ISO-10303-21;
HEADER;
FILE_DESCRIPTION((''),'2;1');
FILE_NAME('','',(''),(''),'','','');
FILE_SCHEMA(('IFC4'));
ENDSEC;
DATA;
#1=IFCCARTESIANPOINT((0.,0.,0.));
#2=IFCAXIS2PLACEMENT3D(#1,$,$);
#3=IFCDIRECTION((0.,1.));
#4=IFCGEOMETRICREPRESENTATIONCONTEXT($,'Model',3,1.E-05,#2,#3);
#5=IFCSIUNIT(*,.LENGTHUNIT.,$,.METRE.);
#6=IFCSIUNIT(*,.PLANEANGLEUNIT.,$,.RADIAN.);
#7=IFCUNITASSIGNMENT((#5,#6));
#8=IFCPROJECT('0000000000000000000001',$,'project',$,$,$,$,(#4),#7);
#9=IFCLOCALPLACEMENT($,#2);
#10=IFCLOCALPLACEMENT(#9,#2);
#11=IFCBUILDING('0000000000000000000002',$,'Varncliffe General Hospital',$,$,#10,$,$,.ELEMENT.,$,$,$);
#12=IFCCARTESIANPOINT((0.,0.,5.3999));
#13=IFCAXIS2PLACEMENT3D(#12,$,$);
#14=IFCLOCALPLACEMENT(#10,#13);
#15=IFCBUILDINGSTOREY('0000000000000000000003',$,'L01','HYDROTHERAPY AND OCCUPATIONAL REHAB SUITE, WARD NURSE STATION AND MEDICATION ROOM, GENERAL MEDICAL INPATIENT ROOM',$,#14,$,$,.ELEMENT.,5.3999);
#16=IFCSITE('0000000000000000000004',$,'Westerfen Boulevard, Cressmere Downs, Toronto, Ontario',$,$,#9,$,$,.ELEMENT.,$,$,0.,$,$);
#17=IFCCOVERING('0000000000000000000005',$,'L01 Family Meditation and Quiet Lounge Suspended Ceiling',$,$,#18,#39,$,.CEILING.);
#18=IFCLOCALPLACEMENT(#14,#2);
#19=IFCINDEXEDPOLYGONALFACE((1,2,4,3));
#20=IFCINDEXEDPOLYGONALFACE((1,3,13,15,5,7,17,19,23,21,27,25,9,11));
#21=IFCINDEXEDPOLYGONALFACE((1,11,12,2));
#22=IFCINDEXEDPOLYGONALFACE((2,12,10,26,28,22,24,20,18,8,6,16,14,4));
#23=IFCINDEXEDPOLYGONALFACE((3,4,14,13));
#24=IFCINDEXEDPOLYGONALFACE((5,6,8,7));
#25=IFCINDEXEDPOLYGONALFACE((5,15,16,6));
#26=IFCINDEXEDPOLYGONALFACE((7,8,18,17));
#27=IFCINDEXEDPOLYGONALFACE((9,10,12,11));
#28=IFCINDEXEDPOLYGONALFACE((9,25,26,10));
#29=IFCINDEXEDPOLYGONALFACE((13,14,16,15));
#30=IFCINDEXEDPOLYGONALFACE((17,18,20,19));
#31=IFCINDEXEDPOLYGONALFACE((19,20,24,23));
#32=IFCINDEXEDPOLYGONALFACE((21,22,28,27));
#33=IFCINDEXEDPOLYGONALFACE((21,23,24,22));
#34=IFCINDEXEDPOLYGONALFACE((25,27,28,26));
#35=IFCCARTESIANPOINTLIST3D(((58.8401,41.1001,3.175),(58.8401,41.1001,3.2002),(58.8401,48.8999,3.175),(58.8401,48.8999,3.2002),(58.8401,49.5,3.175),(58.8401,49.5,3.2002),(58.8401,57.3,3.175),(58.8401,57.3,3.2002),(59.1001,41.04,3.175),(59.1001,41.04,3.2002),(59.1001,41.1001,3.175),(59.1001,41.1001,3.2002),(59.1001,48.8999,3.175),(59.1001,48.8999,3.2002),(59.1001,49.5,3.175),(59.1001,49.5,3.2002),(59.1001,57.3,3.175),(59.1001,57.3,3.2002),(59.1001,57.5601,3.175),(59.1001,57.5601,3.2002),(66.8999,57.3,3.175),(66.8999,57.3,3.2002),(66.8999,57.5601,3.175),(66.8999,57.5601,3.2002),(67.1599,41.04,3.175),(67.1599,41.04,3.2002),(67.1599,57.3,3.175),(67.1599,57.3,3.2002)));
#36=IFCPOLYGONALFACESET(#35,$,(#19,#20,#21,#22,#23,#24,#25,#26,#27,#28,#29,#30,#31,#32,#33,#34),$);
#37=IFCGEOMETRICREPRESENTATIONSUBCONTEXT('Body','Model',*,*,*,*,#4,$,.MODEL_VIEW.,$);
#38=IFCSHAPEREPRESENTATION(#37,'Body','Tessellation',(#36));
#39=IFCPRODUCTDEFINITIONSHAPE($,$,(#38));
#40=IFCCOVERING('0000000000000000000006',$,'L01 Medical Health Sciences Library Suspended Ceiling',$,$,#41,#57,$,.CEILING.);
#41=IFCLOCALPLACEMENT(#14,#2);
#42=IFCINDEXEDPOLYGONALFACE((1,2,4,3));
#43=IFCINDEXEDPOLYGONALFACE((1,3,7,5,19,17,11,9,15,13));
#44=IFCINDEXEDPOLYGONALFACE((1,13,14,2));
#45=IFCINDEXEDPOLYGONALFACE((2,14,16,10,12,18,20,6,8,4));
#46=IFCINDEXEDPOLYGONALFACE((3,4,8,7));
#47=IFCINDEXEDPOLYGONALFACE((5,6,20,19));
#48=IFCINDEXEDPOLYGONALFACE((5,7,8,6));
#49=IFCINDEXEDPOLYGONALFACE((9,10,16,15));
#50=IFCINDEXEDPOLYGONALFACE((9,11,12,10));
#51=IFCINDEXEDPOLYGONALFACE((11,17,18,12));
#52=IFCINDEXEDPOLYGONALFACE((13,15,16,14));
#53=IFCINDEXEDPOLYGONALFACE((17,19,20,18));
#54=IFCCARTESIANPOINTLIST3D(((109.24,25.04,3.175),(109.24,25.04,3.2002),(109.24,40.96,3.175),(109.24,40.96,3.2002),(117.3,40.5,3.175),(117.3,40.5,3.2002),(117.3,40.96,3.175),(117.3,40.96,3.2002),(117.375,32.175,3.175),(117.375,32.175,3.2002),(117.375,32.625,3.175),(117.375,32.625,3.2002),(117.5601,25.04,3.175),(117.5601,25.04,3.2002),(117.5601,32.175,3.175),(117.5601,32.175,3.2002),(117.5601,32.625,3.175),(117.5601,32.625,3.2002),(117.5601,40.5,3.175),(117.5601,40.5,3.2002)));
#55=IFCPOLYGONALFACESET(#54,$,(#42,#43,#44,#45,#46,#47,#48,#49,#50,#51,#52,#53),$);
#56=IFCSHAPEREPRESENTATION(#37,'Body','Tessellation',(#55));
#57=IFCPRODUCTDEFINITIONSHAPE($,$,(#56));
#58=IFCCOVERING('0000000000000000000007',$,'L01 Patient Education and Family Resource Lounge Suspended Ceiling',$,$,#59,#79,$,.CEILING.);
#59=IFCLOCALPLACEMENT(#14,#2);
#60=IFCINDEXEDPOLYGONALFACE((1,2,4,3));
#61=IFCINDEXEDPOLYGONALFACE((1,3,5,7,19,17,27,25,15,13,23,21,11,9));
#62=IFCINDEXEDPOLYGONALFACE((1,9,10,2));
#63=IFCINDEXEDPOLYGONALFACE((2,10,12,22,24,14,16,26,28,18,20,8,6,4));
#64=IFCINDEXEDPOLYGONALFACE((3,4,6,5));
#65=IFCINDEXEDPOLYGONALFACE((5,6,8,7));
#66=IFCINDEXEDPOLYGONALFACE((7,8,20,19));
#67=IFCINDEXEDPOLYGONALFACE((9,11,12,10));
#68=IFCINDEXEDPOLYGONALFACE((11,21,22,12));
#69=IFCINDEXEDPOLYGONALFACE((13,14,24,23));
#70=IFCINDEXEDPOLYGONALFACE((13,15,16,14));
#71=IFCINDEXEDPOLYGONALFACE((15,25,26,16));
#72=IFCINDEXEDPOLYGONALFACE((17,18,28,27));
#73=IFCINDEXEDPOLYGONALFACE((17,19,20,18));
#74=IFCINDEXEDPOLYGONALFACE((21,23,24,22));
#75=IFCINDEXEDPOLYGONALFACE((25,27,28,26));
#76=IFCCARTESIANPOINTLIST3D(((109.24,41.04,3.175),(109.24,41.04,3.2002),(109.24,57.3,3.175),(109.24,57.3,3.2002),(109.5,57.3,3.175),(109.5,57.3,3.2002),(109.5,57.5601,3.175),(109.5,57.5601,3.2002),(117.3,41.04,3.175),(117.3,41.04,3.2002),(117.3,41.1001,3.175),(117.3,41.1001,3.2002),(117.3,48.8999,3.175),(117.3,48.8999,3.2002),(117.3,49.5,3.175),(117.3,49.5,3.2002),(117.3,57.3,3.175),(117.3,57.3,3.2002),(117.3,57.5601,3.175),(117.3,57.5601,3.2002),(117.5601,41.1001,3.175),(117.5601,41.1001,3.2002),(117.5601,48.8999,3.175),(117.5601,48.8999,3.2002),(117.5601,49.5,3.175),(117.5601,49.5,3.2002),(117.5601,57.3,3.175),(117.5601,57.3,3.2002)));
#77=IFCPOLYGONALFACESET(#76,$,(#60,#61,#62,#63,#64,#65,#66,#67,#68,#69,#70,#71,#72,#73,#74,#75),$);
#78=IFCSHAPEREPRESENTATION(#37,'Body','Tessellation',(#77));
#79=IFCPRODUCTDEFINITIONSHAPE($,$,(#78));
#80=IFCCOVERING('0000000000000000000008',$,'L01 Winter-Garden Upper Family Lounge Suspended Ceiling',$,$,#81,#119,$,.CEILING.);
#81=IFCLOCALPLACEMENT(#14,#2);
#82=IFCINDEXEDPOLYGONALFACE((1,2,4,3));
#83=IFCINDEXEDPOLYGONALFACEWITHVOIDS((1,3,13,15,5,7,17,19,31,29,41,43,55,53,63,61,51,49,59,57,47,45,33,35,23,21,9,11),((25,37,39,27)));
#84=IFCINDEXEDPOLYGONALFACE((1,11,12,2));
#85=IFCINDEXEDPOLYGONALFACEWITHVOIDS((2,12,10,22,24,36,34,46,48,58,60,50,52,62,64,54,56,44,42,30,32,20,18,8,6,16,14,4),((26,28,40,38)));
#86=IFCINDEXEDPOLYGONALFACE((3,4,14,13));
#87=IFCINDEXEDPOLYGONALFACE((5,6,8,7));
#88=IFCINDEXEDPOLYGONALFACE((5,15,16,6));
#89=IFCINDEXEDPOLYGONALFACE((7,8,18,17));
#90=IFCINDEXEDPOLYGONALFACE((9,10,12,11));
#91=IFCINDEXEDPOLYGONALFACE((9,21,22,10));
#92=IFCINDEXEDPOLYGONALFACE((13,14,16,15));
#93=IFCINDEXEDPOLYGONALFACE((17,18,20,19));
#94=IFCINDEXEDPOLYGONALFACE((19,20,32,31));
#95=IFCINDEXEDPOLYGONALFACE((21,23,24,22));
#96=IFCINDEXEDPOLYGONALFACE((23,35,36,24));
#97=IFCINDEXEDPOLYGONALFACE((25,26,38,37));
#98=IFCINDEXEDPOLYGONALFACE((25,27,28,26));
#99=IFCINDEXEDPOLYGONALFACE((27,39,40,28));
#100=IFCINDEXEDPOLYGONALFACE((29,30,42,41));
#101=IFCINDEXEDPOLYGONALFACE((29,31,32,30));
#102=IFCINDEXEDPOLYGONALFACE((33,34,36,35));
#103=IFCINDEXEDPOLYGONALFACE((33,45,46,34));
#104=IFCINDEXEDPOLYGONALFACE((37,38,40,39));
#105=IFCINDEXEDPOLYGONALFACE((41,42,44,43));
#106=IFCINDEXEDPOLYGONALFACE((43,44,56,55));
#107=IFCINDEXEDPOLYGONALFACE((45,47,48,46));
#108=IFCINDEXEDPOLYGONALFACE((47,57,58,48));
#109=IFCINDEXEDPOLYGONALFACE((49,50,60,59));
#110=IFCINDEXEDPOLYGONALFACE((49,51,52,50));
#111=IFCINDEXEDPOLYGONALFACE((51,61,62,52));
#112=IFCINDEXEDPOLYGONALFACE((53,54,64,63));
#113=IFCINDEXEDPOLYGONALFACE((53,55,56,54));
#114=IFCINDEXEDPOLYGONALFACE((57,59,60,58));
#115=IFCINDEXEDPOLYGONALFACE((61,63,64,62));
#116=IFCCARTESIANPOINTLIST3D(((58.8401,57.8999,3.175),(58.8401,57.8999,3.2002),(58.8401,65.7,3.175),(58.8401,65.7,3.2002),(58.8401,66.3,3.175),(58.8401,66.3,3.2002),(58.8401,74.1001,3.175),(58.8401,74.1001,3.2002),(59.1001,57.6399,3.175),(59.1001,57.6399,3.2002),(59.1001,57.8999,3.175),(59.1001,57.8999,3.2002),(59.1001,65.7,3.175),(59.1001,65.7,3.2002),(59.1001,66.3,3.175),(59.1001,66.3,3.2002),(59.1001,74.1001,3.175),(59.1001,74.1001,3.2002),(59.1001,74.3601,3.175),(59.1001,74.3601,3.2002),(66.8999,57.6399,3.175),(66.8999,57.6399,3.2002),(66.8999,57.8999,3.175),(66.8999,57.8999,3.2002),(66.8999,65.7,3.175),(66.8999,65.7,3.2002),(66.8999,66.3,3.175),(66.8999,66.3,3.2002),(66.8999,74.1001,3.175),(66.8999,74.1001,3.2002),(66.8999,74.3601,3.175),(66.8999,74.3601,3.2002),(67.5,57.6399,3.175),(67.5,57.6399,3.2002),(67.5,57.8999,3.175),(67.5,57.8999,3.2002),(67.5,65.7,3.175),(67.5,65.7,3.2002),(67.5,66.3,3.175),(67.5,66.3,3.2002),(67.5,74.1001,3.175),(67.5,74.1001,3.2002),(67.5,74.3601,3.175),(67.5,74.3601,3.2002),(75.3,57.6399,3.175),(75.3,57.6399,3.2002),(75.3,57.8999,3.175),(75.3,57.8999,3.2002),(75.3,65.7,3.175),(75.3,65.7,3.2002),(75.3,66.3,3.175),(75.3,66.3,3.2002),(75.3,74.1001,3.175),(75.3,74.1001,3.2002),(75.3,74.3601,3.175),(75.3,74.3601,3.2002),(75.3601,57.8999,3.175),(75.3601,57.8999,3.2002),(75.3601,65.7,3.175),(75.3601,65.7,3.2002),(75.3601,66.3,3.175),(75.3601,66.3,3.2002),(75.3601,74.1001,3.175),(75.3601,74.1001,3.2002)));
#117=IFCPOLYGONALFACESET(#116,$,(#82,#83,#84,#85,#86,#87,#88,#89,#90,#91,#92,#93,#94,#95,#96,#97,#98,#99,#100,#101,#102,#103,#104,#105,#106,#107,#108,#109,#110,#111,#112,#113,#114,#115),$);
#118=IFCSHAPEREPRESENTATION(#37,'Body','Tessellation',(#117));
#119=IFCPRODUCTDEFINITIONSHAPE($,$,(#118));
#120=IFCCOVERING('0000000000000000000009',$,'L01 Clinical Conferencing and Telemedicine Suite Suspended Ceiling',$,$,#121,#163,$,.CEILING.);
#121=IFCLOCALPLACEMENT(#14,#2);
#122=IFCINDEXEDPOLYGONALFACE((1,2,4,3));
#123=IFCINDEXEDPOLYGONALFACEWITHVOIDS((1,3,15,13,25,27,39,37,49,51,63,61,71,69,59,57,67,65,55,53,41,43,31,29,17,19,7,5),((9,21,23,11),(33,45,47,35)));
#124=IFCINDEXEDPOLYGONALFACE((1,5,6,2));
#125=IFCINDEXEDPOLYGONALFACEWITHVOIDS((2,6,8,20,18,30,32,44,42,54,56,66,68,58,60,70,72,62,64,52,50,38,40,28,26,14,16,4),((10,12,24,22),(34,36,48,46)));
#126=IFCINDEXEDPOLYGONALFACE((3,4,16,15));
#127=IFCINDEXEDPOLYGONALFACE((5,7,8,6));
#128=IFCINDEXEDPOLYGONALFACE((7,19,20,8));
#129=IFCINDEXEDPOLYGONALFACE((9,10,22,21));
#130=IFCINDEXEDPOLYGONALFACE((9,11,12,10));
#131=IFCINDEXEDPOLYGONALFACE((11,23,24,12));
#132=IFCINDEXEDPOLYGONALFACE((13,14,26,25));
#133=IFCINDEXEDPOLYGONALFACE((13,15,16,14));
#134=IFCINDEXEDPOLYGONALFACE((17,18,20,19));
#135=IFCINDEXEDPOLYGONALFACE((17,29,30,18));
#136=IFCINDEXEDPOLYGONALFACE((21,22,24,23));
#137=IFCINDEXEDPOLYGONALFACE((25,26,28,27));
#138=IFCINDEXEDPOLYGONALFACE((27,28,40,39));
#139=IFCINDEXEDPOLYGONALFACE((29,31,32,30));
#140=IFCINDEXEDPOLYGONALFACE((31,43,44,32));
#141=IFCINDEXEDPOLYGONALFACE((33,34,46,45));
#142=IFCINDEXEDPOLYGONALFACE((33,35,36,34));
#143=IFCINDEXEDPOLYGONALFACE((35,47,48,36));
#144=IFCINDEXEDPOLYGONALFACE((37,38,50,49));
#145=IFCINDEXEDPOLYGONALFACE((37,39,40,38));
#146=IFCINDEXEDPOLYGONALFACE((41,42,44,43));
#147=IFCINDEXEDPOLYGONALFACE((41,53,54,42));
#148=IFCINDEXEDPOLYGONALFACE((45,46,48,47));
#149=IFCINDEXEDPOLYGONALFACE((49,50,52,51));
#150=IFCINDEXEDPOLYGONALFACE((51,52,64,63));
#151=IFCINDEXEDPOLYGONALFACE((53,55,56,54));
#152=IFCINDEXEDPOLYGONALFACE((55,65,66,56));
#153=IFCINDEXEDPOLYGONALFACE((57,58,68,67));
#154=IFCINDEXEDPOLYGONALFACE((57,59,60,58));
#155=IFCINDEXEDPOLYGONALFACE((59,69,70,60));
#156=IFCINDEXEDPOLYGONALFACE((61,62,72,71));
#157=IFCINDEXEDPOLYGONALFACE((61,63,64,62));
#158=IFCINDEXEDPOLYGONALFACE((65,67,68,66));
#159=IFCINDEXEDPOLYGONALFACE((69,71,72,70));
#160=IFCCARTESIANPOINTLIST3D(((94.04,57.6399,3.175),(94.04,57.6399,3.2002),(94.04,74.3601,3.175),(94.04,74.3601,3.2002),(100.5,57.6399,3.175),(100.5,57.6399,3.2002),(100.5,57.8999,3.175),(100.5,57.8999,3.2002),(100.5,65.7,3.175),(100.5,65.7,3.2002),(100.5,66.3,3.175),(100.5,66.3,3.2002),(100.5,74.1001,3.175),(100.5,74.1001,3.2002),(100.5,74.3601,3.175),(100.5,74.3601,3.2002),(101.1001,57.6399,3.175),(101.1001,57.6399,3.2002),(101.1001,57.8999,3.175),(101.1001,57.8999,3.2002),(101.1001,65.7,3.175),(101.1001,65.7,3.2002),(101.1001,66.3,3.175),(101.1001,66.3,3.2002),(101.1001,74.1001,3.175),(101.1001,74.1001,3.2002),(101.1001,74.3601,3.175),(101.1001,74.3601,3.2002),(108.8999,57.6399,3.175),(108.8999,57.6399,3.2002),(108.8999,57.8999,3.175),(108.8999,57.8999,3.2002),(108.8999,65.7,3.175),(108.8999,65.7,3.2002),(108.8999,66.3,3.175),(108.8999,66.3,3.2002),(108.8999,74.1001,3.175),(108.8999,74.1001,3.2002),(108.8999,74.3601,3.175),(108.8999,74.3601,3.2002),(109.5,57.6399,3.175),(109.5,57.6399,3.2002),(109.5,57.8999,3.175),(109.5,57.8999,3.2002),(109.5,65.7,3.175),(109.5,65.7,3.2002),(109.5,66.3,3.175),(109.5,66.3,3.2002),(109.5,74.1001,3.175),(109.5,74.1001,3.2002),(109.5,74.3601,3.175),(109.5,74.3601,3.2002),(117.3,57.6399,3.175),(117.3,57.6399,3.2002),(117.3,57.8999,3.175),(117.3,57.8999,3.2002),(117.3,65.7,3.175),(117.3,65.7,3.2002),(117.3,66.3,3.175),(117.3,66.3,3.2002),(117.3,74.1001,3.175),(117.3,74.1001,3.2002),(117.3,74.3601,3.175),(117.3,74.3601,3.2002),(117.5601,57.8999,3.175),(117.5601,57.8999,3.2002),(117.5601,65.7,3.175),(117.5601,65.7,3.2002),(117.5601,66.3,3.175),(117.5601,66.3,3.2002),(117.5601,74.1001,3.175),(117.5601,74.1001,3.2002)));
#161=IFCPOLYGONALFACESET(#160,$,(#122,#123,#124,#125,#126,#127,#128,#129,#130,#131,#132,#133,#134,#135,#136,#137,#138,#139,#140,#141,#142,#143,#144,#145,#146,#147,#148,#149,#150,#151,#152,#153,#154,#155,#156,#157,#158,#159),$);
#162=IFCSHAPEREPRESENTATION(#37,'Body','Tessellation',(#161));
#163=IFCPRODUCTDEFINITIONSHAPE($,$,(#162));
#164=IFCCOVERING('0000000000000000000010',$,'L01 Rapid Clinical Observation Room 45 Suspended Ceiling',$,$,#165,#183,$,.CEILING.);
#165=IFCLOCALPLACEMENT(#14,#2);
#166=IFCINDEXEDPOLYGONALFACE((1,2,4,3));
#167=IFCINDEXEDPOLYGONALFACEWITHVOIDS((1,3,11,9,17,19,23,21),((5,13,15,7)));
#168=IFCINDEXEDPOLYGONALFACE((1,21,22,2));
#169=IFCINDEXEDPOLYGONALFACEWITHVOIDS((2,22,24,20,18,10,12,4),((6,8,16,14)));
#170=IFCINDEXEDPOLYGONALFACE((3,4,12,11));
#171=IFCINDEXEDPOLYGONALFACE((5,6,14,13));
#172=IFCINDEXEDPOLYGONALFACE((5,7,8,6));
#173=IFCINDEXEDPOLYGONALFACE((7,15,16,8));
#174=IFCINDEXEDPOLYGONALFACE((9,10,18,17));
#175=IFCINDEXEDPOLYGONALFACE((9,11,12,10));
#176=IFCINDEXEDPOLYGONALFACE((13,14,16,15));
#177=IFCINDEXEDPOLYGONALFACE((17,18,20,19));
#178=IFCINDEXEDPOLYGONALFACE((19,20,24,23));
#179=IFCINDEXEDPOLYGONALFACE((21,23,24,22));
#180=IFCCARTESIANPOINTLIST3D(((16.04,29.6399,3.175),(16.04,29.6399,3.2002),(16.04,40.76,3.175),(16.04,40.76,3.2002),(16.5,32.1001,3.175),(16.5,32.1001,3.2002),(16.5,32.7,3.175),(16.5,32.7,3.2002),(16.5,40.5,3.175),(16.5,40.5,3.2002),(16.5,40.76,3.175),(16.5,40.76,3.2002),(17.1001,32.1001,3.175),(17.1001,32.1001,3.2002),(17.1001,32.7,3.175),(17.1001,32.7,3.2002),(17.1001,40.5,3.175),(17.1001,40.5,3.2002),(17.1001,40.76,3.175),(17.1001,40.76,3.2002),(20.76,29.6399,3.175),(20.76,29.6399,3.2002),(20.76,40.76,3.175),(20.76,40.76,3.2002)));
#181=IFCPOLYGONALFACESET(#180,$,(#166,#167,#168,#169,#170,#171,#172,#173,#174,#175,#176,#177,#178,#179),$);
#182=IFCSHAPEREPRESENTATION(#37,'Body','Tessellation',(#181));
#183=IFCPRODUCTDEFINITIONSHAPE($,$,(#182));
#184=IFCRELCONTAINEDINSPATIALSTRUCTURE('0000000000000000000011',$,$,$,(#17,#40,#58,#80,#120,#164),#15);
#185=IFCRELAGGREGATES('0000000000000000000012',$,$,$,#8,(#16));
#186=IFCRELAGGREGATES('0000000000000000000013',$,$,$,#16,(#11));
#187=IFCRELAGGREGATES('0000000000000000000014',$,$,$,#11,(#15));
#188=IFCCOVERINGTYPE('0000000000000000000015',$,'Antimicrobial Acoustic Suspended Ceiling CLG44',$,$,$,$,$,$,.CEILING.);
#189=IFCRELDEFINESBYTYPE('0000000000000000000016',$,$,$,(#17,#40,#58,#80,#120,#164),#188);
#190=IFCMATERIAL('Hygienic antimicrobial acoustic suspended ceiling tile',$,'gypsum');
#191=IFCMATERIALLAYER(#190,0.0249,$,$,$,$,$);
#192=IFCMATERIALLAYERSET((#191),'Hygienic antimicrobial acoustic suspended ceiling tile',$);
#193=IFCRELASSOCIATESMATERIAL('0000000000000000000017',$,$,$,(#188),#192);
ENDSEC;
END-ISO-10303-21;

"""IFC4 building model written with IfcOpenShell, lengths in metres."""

from ifc_helpers import new_model, si_unit, direction, frame, origin, place, context, subcontext, project, spatial, polyline, outline, extrude, material, layer, layer_set, type_object, element, save


model = new_model("IFC4")

# Units and contexts
model_context = context("Model", 3, precision=1e-05, world=origin(), true_north=direction((0.0, 1.0)))
body_context = subcontext(model_context, "Body", "Model", "MODEL_VIEW")
ifc_project = project(units=[si_unit("LENGTHUNIT", "METRE"), si_unit("PLANEANGLEUNIT", "RADIAN")], contexts=[model_context])

# Site, building, storey
site_placement = place(None, origin())
site = spatial("IfcSite", under=ifc_project, at=site_placement, Name="Westerfen Boulevard, Cressmere Downs, Toronto, Ontario", CompositionType="ELEMENT", RefElevation=0.0)
building_placement = place(site_placement, origin())
building = spatial("IfcBuilding", under=site, at=building_placement, Name="Varncliffe General Hospital", CompositionType="ELEMENT")
storey_placement = place(building_placement, frame((0.0, 0.0, 5.3999)))
storey = spatial("IfcBuildingStorey", under=building, at=storey_placement, Name="L01", Description="HYDROTHERAPY AND OCCUPATIONAL REHAB SUITE, WARD NURSE STATION AND MEDICATION ROOM, GENERAL MEDICAL INPATIENT ROOM", CompositionType="ELEMENT", Elevation=5.3999)

# Coverings
ifc_material_1 = material(Name="Hygienic antimicrobial acoustic suspended ceiling tile", Category="gypsum")
ifc_layer = layer(ifc_material_1, 0.0249)
ifc_layer_set = layer_set([ifc_layer], Name="Hygienic antimicrobial acoustic suspended ceiling tile")
covering_type = type_object("IfcCoveringType", Name="Antimicrobial Acoustic Suspended Ceiling CLG44", PredefinedType="CEILING", material=ifc_layer_set)
covering_1_placement = place(storey_placement, frame((0.0, 0.0, 3.175)))
element("IfcCovering", 1, at=covering_1_placement, inside=storey, type_object=covering_type, Name="L01 Family Meditation and Quiet Lounge Suspended Ceiling", PredefinedType="CEILING", context=body_context, shape_type="SweptSolid", body=[
    extrude(outline(polyline([(59.1001, 41.04), (59.1001, 41.1001), (58.8401, 41.1001), (58.8401, 48.8999), (59.1001, 48.8999), (59.1001, 49.5), (58.8401, 49.5), (58.8401, 57.3), (59.1001, 57.3), (59.1001, 57.5601), (66.8999, 57.5601), (66.8999, 57.3), (67.1599, 57.3), (67.1599, 41.04), (59.1001, 41.04)])), origin(), (0.0, 0.0, 1.0), 0.0251),
])
covering_2_placement = place(storey_placement, frame((0.0, 0.0, 3.175)))
element("IfcCovering", 2, at=covering_2_placement, inside=storey, type_object=covering_type, Name="L01 Medical Health Sciences Library Suspended Ceiling", PredefinedType="CEILING", context=body_context, shape_type="SweptSolid", body=[
    extrude(outline(polyline([(109.24, 25.04), (109.24, 40.96), (117.3, 40.96), (117.3, 40.5), (117.5601, 40.5), (117.5601, 32.625), (117.375, 32.625), (117.375, 32.175), (117.5601, 32.175), (117.5601, 25.04), (109.24, 25.04)])), origin(), (0.0, 0.0, 1.0), 0.0251),
])
covering_3_placement = place(storey_placement, frame((0.0, 0.0, 3.175)))
element("IfcCovering", 3, at=covering_3_placement, inside=storey, type_object=covering_type, Name="L01 Patient Education and Family Resource Lounge Suspended Ceiling", PredefinedType="CEILING", context=body_context, shape_type="SweptSolid", body=[
    extrude(outline(polyline([(117.3, 41.04), (109.24, 41.04), (109.24, 57.3), (109.5, 57.3), (109.5, 57.5601), (117.3, 57.5601), (117.3, 57.3), (117.5601, 57.3), (117.5601, 49.5), (117.3, 49.5), (117.3, 48.8999), (117.5601, 48.8999), (117.5601, 41.1001), (117.3, 41.1001), (117.3, 41.04)])), origin(), (0.0, 0.0, 1.0), 0.0251),
])
covering_4_placement = place(storey_placement, frame((0.0, 0.0, 3.175)))
element("IfcCovering", 4, at=covering_4_placement, inside=storey, type_object=covering_type, Name="L01 Winter-Garden Upper Family Lounge Suspended Ceiling", PredefinedType="CEILING", context=body_context, shape_type="SweptSolid", body=[
    extrude(outline(polyline([(59.1001, 57.6399), (59.1001, 57.8999), (58.8401, 57.8999), (58.8401, 65.7), (59.1001, 65.7), (59.1001, 66.3), (58.8401, 66.3), (58.8401, 74.1001), (59.1001, 74.1001), (59.1001, 74.3601), (66.8999, 74.3601), (66.8999, 74.1001), (67.5, 74.1001), (67.5, 74.3601), (75.3, 74.3601), (75.3, 74.1001), (75.3601, 74.1001), (75.3601, 66.3), (75.3, 66.3), (75.3, 65.7), (75.3601, 65.7), (75.3601, 57.8999), (75.3, 57.8999), (75.3, 57.6399), (67.5, 57.6399), (67.5, 57.8999), (66.8999, 57.8999), (66.8999, 57.6399), (59.1001, 57.6399)]), holes=[polyline([(67.5, 65.7), (67.5, 66.3), (66.8999, 66.3), (66.8999, 65.7), (67.5, 65.7)])]), origin(), (0.0, 0.0, 1.0), 0.0251),
])
covering_5_placement = place(storey_placement, frame((0.0, 0.0, 3.175)))
element("IfcCovering", 5, at=covering_5_placement, inside=storey, type_object=covering_type, Name="L01 Clinical Conferencing and Telemedicine Suite Suspended Ceiling", PredefinedType="CEILING", context=body_context, shape_type="SweptSolid", body=[
    extrude(outline(polyline([(108.8999, 74.3601), (108.8999, 74.1001), (109.5, 74.1001), (109.5, 74.3601), (117.3, 74.3601), (117.3, 74.1001), (117.5601, 74.1001), (117.5601, 66.3), (117.3, 66.3), (117.3, 65.7), (117.5601, 65.7), (117.5601, 57.8999), (117.3, 57.8999), (117.3, 57.6399), (109.5, 57.6399), (109.5, 57.8999), (108.8999, 57.8999), (108.8999, 57.6399), (101.1001, 57.6399), (101.1001, 57.8999), (100.5, 57.8999), (100.5, 57.6399), (94.04, 57.6399), (94.04, 74.3601), (100.5, 74.3601), (100.5, 74.1001), (101.1001, 74.1001), (101.1001, 74.3601), (108.8999, 74.3601)]), holes=[polyline([(101.1001, 65.7), (101.1001, 66.3), (100.5, 66.3), (100.5, 65.7), (101.1001, 65.7)]), polyline([(109.5, 65.7), (109.5, 66.3), (108.8999, 66.3), (108.8999, 65.7), (109.5, 65.7)])]), origin(), (0.0, 0.0, 1.0), 0.0251),
])
covering_6_placement = place(storey_placement, frame((0.0, 0.0, 3.175)))
element("IfcCovering", 6, at=covering_6_placement, inside=storey, type_object=covering_type, Name="L01 Rapid Clinical Observation Room 45 Suspended Ceiling", PredefinedType="CEILING", context=body_context, shape_type="SweptSolid", body=[
    extrude(outline(polyline([(20.76, 40.76), (20.76, 29.6399), (16.04, 29.6399), (16.04, 40.76), (16.5, 40.76), (16.5, 40.5), (17.1001, 40.5), (17.1001, 40.76), (20.76, 40.76)]), holes=[polyline([(17.1001, 32.1001), (17.1001, 32.7), (16.5, 32.7), (16.5, 32.1001), (17.1001, 32.1001)])]), origin(), (0.0, 0.0, 1.0), 0.0251),
])

save(model, "model.ifc")
